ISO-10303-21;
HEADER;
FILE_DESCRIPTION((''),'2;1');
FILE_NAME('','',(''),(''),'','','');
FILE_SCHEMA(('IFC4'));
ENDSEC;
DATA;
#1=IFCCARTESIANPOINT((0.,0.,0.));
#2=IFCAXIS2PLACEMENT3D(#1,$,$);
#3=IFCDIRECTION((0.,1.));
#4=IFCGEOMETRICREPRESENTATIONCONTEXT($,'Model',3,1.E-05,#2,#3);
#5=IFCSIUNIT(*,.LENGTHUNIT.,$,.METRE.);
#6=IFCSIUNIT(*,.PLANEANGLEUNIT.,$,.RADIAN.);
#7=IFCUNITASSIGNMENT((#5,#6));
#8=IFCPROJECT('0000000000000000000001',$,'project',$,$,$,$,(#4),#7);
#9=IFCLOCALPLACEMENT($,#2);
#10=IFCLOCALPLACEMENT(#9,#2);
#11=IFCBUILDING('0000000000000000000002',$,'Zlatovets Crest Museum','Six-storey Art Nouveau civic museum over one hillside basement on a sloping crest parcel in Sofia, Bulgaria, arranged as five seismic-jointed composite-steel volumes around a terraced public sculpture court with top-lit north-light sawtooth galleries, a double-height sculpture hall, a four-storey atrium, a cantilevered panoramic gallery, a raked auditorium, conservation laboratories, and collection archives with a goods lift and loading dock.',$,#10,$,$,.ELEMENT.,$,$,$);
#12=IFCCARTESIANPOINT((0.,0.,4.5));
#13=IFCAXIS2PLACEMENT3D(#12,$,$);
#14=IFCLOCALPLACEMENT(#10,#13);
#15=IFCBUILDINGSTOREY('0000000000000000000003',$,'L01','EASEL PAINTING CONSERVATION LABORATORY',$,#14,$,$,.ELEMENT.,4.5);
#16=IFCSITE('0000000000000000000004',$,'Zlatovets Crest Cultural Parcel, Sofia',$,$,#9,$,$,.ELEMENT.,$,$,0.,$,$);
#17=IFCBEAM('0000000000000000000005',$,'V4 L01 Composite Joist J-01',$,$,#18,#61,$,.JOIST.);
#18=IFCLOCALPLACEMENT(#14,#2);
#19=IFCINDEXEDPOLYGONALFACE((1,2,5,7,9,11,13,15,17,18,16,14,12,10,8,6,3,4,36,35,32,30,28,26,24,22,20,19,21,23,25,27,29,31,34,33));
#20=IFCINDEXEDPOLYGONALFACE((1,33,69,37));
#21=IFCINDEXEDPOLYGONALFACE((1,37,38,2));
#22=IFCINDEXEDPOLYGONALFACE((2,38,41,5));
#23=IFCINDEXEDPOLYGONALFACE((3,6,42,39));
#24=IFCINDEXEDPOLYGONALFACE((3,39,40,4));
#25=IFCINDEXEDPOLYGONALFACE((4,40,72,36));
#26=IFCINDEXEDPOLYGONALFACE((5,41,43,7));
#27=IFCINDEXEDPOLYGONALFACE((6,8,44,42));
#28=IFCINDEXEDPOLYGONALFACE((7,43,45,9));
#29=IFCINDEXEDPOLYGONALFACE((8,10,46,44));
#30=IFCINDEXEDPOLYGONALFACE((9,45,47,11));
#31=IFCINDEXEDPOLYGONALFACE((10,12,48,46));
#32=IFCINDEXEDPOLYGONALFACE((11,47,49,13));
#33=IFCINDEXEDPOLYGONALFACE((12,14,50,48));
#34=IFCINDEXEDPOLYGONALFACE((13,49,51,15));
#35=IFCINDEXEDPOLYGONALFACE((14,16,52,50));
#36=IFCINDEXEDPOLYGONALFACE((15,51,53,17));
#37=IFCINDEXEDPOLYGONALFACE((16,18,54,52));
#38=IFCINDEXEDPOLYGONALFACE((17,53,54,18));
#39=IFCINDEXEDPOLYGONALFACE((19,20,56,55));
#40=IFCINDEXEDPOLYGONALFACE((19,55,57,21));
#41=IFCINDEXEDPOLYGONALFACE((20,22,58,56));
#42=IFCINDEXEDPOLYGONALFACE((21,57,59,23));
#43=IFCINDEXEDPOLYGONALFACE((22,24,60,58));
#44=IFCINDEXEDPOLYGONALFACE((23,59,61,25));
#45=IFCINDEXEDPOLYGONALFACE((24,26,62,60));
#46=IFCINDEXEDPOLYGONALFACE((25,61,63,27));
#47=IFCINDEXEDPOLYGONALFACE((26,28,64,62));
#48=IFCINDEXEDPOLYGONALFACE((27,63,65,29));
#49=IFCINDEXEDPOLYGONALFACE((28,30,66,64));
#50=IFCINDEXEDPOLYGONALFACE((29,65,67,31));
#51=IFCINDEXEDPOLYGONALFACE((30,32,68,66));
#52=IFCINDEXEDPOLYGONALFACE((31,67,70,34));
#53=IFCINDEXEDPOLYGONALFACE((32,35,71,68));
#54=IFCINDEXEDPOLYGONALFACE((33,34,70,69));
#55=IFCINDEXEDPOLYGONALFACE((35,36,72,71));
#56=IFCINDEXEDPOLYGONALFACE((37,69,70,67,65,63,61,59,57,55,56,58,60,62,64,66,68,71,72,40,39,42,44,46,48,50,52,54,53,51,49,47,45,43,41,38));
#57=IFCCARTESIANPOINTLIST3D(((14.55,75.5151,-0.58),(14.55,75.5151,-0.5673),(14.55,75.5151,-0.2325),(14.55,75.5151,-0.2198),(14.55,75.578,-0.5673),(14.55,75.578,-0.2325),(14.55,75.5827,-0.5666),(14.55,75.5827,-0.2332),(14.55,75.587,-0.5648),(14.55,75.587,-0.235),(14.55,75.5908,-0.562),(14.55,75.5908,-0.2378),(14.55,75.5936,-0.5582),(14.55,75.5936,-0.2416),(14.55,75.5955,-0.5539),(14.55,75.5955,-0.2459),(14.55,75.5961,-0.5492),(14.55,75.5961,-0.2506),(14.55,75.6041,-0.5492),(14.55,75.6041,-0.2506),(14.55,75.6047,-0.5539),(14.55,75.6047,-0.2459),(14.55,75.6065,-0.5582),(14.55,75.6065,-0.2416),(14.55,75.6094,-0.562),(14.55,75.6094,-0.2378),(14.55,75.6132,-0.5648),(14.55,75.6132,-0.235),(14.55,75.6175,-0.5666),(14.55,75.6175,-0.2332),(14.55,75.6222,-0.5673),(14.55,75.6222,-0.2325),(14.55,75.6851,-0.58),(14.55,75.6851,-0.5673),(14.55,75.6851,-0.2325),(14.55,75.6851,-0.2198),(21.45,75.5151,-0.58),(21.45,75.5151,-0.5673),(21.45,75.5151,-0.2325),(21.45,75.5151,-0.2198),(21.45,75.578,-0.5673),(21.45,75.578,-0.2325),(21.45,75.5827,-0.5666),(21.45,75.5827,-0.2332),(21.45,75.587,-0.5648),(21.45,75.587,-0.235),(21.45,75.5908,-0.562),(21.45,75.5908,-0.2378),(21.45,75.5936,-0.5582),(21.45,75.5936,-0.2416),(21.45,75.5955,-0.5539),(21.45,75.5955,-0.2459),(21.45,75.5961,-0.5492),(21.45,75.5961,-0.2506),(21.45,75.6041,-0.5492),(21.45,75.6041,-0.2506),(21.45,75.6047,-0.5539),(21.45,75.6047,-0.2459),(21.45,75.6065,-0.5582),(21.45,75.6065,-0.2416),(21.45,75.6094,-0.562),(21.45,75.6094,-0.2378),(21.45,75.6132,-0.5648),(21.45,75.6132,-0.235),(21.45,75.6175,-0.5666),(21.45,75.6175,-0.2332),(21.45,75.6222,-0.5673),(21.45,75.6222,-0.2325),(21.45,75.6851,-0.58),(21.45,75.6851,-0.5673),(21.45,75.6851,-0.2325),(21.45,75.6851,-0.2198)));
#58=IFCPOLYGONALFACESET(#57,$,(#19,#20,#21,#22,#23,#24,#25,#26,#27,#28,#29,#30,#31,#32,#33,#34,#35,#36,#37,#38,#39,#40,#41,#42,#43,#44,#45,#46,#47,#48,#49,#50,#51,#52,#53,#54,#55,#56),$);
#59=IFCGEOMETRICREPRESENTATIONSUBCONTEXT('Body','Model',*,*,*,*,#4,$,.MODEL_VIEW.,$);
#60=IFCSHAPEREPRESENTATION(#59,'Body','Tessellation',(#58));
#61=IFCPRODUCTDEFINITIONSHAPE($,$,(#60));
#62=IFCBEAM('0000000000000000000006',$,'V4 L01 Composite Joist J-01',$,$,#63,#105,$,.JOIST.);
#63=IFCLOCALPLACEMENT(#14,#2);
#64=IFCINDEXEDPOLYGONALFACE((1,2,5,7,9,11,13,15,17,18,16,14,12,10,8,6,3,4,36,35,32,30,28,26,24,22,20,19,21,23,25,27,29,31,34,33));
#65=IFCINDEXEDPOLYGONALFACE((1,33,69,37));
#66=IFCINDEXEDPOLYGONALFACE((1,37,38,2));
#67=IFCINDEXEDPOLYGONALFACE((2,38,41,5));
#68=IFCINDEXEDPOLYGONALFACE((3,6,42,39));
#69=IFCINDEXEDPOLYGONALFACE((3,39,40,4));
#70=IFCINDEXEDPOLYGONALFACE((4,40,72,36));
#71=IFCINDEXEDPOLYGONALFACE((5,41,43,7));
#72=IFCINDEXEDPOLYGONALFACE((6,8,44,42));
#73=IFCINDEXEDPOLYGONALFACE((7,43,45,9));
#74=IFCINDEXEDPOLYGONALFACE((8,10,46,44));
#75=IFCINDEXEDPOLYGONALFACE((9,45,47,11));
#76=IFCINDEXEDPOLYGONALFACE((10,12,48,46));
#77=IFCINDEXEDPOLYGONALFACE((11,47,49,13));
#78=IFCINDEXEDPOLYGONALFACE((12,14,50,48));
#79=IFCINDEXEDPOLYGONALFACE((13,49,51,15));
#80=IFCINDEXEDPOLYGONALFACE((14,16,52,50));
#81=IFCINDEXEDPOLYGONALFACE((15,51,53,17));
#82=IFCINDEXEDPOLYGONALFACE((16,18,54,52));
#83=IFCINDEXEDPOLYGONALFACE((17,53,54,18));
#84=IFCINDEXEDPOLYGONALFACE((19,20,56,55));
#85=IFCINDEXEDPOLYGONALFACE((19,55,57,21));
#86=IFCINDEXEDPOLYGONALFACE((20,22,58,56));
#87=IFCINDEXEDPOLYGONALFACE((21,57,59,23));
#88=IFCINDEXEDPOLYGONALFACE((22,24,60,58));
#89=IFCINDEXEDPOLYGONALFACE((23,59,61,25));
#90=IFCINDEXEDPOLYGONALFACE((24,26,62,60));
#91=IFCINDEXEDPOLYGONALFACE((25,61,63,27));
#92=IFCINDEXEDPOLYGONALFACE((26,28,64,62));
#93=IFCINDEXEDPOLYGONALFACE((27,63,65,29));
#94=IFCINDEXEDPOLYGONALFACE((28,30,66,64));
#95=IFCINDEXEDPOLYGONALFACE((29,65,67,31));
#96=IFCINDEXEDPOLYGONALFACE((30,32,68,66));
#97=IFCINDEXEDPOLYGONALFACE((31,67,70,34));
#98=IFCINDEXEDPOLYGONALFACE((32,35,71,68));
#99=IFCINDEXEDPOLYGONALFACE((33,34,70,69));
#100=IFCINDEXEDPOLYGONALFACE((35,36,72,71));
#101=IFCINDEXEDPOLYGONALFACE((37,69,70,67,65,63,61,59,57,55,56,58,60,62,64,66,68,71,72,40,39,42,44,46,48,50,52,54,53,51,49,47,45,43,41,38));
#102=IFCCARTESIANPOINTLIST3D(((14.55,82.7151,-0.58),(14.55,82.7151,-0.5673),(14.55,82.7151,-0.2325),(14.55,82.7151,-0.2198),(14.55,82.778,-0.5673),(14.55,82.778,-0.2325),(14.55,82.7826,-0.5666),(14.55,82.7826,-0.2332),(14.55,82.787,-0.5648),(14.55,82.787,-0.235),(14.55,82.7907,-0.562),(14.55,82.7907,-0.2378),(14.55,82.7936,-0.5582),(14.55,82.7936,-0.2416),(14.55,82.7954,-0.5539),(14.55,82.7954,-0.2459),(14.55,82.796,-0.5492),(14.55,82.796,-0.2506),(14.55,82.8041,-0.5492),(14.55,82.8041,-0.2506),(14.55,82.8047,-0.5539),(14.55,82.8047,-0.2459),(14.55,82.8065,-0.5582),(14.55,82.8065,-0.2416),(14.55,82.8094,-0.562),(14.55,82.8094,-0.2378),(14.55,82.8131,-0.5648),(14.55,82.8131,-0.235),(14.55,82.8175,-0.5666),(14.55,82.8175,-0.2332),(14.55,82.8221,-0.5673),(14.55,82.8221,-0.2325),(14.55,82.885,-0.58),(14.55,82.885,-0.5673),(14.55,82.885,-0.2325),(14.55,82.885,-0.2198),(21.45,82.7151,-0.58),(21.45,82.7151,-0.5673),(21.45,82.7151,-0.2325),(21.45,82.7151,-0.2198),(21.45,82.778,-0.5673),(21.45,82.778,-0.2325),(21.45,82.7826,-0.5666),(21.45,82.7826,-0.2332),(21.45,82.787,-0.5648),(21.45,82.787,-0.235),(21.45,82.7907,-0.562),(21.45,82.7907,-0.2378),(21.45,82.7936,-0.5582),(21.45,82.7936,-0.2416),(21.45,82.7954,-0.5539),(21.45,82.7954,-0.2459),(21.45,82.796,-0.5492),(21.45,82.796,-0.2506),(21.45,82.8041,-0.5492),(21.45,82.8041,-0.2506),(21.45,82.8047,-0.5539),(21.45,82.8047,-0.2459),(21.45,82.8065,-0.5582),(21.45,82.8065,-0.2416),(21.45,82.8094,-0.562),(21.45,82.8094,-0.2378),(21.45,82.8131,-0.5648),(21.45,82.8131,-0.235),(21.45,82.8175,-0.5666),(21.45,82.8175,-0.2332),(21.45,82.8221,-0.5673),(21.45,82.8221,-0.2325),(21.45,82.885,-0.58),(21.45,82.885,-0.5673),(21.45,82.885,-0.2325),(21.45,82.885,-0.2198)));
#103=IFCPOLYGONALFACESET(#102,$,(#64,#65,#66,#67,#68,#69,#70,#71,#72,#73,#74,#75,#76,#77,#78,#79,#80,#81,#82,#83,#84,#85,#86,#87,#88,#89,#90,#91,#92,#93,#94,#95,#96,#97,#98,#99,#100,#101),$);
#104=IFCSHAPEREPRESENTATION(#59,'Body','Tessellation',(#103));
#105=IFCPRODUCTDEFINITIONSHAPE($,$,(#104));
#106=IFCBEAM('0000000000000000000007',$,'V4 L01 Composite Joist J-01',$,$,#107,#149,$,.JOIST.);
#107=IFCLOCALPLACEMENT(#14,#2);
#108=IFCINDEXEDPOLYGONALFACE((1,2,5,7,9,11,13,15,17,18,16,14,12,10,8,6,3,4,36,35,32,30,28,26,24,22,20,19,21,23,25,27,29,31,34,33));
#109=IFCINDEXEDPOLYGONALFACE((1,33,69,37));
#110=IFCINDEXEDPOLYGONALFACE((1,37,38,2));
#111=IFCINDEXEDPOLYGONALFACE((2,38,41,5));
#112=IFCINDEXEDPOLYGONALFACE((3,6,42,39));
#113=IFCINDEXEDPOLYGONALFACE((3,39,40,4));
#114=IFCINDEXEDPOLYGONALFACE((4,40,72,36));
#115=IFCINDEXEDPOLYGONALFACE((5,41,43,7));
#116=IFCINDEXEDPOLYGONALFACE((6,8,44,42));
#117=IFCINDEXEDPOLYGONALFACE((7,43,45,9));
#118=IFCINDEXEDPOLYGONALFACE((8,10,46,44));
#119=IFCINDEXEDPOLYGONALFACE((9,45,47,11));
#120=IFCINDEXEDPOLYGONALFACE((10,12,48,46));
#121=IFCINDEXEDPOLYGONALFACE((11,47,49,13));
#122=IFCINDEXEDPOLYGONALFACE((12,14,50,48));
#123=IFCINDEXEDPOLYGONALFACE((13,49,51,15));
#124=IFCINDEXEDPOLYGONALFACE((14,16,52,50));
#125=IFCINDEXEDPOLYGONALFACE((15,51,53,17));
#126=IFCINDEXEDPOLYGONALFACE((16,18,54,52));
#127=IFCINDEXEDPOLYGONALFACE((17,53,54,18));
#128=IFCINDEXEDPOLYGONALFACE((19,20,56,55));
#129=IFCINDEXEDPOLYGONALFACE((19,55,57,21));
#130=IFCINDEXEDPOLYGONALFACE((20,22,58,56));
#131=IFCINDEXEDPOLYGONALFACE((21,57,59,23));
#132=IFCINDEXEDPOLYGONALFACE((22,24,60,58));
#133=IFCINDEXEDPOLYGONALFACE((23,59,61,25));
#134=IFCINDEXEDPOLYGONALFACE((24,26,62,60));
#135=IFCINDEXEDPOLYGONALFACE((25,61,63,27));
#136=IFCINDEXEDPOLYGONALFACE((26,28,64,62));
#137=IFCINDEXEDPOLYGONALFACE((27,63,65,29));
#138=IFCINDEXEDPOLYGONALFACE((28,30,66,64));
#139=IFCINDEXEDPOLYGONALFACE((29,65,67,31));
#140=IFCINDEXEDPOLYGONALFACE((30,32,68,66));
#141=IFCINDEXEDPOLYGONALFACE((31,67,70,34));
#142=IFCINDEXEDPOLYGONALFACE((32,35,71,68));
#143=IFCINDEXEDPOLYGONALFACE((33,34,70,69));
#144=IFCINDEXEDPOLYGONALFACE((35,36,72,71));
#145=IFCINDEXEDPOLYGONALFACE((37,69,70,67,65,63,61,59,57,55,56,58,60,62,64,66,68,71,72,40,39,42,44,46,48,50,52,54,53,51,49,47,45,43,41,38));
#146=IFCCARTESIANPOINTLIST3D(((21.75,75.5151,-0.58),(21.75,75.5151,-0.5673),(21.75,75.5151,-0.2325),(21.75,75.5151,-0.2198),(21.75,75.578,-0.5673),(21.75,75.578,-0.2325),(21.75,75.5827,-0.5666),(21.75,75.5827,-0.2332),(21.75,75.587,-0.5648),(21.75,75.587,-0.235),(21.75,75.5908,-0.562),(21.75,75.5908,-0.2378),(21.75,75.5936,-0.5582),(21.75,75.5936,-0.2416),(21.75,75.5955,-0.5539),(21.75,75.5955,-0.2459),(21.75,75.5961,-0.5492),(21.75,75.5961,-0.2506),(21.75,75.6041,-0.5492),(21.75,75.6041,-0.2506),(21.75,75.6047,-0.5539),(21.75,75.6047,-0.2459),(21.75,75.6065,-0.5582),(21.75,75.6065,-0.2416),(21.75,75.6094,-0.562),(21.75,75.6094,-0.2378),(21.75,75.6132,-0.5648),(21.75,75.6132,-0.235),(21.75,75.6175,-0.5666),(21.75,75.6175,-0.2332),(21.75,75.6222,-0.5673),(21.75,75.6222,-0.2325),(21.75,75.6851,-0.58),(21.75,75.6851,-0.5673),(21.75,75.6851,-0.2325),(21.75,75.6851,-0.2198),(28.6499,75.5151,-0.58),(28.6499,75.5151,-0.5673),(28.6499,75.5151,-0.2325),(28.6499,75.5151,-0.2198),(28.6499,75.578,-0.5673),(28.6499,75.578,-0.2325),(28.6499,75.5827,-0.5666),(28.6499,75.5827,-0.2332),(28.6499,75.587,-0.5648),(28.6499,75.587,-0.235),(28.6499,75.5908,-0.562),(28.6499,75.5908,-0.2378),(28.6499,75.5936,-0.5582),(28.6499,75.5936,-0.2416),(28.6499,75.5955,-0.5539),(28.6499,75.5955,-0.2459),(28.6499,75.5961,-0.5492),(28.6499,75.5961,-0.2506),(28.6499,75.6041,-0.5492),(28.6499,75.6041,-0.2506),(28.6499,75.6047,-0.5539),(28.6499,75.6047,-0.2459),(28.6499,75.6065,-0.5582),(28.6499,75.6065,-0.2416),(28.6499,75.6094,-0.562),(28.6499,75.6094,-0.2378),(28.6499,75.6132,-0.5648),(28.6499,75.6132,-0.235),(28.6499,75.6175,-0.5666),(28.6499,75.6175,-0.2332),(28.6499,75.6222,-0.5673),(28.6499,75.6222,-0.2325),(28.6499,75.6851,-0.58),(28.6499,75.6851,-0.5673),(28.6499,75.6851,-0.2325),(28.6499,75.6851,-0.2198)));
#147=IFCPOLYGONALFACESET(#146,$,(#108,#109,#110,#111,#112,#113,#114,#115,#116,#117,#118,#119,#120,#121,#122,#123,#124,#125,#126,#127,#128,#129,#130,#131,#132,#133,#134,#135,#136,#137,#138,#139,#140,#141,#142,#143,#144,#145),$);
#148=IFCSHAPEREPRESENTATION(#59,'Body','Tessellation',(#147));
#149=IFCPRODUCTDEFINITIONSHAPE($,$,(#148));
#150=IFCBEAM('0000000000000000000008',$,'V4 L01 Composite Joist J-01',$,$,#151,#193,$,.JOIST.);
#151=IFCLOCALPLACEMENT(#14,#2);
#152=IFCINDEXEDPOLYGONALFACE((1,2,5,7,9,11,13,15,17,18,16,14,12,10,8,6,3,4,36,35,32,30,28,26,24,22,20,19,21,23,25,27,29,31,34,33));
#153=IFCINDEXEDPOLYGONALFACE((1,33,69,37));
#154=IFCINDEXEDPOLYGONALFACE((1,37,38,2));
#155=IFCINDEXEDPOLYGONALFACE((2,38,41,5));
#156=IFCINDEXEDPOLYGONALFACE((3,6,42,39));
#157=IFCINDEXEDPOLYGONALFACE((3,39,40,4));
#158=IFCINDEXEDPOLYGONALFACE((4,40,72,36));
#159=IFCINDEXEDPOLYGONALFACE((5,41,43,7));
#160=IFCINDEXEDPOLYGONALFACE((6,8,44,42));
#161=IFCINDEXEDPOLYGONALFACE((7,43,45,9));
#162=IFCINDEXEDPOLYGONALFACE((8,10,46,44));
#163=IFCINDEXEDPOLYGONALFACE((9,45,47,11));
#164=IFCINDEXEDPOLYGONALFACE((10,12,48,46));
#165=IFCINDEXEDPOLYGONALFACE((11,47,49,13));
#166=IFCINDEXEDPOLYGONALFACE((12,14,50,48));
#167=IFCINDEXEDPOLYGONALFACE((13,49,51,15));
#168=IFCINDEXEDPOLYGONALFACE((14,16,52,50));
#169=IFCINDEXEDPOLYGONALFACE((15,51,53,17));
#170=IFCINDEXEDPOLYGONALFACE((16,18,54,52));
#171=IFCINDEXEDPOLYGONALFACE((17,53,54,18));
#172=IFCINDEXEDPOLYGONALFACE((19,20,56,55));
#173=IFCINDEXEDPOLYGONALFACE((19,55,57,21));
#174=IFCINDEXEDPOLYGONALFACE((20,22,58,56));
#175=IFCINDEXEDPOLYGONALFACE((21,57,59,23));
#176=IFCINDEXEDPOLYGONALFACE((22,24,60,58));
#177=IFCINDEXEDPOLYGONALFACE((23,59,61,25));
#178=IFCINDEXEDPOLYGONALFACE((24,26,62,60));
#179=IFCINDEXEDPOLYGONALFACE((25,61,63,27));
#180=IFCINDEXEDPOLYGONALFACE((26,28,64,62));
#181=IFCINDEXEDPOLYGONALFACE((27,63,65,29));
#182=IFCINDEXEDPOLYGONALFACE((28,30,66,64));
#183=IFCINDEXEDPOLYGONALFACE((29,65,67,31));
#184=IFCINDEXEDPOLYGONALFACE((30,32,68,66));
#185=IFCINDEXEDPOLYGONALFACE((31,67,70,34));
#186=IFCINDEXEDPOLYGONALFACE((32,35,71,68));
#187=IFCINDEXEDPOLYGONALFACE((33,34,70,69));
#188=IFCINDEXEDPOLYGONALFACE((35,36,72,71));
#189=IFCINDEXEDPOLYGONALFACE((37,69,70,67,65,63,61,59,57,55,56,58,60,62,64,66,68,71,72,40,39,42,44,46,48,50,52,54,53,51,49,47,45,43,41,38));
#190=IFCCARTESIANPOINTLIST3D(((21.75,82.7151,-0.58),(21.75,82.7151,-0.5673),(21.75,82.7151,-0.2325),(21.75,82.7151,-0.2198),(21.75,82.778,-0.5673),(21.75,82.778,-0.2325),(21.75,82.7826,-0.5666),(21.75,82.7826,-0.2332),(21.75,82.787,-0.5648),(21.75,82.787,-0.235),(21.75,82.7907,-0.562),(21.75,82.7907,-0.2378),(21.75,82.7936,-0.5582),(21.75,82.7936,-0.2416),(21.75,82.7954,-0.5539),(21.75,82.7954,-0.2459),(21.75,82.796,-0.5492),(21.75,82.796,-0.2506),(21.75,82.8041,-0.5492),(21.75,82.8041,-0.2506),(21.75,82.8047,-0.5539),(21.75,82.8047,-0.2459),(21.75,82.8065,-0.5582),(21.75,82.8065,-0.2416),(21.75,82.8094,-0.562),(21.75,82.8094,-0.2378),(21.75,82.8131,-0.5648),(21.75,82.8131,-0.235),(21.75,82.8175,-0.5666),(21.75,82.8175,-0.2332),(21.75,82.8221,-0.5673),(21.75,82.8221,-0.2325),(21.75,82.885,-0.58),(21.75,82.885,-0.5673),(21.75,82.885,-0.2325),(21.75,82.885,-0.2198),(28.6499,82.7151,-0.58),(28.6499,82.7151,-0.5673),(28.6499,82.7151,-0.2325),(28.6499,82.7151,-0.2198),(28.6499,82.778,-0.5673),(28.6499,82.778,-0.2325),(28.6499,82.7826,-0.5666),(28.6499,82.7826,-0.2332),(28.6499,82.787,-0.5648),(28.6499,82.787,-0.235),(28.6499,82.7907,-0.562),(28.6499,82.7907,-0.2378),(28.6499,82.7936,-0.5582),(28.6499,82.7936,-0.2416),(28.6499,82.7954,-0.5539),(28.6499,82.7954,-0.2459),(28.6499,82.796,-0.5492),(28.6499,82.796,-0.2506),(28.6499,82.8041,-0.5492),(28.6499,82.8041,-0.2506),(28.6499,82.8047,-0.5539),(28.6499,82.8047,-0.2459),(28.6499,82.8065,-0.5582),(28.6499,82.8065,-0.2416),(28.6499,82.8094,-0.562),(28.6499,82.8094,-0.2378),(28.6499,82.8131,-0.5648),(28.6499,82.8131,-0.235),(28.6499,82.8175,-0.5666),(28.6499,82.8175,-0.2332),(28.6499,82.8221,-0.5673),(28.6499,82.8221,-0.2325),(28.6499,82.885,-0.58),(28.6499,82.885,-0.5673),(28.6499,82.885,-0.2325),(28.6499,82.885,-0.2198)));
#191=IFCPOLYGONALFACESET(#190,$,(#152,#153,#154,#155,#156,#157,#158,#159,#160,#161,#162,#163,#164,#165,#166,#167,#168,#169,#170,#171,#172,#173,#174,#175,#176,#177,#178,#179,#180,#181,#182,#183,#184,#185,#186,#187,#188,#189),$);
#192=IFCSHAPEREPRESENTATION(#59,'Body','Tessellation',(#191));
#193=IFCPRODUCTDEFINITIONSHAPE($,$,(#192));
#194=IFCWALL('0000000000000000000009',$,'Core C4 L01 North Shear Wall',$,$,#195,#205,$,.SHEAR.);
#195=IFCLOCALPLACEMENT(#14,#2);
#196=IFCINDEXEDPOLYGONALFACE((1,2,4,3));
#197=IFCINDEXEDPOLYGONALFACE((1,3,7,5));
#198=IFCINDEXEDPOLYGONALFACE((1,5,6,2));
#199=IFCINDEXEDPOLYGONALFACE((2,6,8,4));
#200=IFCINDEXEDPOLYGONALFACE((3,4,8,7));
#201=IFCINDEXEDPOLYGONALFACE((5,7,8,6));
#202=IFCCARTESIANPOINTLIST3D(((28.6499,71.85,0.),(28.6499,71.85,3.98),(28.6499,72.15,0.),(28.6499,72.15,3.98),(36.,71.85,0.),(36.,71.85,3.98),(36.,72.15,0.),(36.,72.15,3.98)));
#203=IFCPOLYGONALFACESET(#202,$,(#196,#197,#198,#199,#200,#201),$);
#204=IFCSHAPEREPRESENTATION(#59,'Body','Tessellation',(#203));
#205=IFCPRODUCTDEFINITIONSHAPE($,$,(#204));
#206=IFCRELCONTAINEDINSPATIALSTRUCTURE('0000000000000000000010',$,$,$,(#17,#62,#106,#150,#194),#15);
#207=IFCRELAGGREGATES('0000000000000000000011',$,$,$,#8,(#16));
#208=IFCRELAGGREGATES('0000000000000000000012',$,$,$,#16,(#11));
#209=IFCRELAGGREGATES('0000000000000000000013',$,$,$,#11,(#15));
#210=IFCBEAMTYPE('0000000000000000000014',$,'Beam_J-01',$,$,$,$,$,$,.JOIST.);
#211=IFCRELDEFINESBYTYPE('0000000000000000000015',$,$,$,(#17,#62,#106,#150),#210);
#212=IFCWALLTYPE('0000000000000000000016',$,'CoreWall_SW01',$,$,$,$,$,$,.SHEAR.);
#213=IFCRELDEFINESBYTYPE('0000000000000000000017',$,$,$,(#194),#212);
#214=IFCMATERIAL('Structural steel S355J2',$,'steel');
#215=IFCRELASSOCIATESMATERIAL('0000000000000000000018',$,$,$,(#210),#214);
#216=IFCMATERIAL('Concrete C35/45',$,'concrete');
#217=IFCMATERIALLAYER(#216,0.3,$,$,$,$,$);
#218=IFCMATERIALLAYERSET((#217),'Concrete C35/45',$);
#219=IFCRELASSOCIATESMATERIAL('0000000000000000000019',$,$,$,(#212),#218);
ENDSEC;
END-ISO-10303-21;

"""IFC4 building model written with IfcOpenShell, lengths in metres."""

from ifc_helpers import new_model, si_unit, direction, frame, frame_2d, origin, origin_2d, place, context, subcontext, project, spatial, rectangle, i_section, extrude, material, layer, layer_set, material_profile, profile_set, type_object, element, save


model = new_model("IFC4")

# Units and contexts
model_context = context("Model", 3, precision=1e-05, world=origin(), true_north=direction((0.0, 1.0)))
body_context = subcontext(model_context, "Body", "Model", "MODEL_VIEW")
ifc_project = project(units=[si_unit("LENGTHUNIT", "METRE"), si_unit("PLANEANGLEUNIT", "RADIAN")], contexts=[model_context])

# Site, building, storey
site_placement = place(None, origin())
site = spatial("IfcSite", under=ifc_project, at=site_placement, Name="Zlatovets Crest Cultural Parcel, Sofia", CompositionType="ELEMENT", RefElevation=0.0)
building_placement = place(site_placement, origin())
building = spatial("IfcBuilding", under=site, at=building_placement, Name="Zlatovets Crest Museum", Description="Six-storey Art Nouveau civic museum over one hillside basement on a sloping crest parcel in Sofia, Bulgaria, arranged as five seismic-jointed composite-steel volumes around a terraced public sculpture court with top-lit north-light sawtooth galleries, a double-height sculpture hall, a four-storey atrium, a cantilevered panoramic gallery, a raked auditorium, conservation laboratories, and collection archives with a goods lift and loading dock.", CompositionType="ELEMENT")
storey_placement = place(building_placement, frame((0.0, 0.0, 4.5)))
storey = spatial("IfcBuildingStorey", under=building, at=storey_placement, Name="L01", Description="EASEL PAINTING CONSERVATION LABORATORY", CompositionType="ELEMENT", Elevation=4.5)

# Shared definitions
ifc_material_1 = material(Name="Structural steel S355J2", Category="steel")

# Beams
ifc_material_profile_1 = material_profile(ifc_material_1, i_section(OverallWidth=0.1699, OverallDepth=0.3601, WebThickness=0.0081, FlangeThickness=0.0127, FilletRadius=0.0181, at=origin_2d()), Name="IPE 360")
ifc_profile_set_1 = profile_set([ifc_material_profile_1], Name="Structural steel S355J2")
beam_type_1 = type_object("IfcBeamType", Name="Beam_J-01", PredefinedType="JOIST", material=ifc_profile_set_1)
for number, where, z_axis, x_axis, name in (
    (1, (14.55, 75.6001, -0.3999), (1.0, 0.0, 0.0), (0.0, 1.0, 0.0), "V4 L01 Composite Joist J-01"),
    (2, (14.55, 82.8, -0.3999), (1.0, 0.0, 0.0), (0.0, 1.0, 0.0), "V4 L01 Composite Joist J-01"),
    (3, (21.75, 75.6001, -0.3999), (1.0, 0.0, 0.0), (0.0, 1.0, 0.0), "V4 L01 Composite Joist J-01"),
    (4, (21.75, 82.8, -0.3999), (1.0, 0.0, 0.0), (0.0, 1.0, 0.0), "V4 L01 Composite Joist J-01"),
):
    element("IfcBeam", number, at=place(storey_placement, frame(where, z_axis=z_axis, x_axis=x_axis)), inside=storey, type_object=beam_type_1, Name=name, PredefinedType="JOIST", context=body_context, shape_type="SweptSolid", body=[
        extrude(i_section(OverallWidth=0.1699, OverallDepth=0.3601, WebThickness=0.0081, FlangeThickness=0.0127, FilletRadius=0.0181, at=origin_2d()), origin(), (0.0, 0.0, 1.0), 6.8999),
    ])

# Wall
ifc_material_2 = material(Name="Concrete C35/45", Category="concrete")
ifc_layer_1 = layer(ifc_material_2, 0.3)
ifc_layer_set_1 = layer_set([ifc_layer_1], Name="Concrete C35/45")
wall_type_1 = type_object("IfcWallType", Name="CoreWall_SW01", PredefinedType="SHEAR", material=ifc_layer_set_1)
wall_1_placement = place(storey_placement, frame((28.6499, 72.0, 0.0), z_axis=(0.0, 0.0, 1.0), x_axis=(1.0, 0.0, 0.0)))
element("IfcWall", 5, at=wall_1_placement, inside=storey, type_object=wall_type_1, Name="Core C4 L01 North Shear Wall", PredefinedType="SHEAR", context=body_context, shape_type="SweptSolid", body=[
    extrude(rectangle(XDim=7.3501, YDim=0.3, at=frame_2d((3.675, 0.0))), origin(), (0.0, 0.0, 1.0), 3.98),
])

save(model, "model.ifc")
